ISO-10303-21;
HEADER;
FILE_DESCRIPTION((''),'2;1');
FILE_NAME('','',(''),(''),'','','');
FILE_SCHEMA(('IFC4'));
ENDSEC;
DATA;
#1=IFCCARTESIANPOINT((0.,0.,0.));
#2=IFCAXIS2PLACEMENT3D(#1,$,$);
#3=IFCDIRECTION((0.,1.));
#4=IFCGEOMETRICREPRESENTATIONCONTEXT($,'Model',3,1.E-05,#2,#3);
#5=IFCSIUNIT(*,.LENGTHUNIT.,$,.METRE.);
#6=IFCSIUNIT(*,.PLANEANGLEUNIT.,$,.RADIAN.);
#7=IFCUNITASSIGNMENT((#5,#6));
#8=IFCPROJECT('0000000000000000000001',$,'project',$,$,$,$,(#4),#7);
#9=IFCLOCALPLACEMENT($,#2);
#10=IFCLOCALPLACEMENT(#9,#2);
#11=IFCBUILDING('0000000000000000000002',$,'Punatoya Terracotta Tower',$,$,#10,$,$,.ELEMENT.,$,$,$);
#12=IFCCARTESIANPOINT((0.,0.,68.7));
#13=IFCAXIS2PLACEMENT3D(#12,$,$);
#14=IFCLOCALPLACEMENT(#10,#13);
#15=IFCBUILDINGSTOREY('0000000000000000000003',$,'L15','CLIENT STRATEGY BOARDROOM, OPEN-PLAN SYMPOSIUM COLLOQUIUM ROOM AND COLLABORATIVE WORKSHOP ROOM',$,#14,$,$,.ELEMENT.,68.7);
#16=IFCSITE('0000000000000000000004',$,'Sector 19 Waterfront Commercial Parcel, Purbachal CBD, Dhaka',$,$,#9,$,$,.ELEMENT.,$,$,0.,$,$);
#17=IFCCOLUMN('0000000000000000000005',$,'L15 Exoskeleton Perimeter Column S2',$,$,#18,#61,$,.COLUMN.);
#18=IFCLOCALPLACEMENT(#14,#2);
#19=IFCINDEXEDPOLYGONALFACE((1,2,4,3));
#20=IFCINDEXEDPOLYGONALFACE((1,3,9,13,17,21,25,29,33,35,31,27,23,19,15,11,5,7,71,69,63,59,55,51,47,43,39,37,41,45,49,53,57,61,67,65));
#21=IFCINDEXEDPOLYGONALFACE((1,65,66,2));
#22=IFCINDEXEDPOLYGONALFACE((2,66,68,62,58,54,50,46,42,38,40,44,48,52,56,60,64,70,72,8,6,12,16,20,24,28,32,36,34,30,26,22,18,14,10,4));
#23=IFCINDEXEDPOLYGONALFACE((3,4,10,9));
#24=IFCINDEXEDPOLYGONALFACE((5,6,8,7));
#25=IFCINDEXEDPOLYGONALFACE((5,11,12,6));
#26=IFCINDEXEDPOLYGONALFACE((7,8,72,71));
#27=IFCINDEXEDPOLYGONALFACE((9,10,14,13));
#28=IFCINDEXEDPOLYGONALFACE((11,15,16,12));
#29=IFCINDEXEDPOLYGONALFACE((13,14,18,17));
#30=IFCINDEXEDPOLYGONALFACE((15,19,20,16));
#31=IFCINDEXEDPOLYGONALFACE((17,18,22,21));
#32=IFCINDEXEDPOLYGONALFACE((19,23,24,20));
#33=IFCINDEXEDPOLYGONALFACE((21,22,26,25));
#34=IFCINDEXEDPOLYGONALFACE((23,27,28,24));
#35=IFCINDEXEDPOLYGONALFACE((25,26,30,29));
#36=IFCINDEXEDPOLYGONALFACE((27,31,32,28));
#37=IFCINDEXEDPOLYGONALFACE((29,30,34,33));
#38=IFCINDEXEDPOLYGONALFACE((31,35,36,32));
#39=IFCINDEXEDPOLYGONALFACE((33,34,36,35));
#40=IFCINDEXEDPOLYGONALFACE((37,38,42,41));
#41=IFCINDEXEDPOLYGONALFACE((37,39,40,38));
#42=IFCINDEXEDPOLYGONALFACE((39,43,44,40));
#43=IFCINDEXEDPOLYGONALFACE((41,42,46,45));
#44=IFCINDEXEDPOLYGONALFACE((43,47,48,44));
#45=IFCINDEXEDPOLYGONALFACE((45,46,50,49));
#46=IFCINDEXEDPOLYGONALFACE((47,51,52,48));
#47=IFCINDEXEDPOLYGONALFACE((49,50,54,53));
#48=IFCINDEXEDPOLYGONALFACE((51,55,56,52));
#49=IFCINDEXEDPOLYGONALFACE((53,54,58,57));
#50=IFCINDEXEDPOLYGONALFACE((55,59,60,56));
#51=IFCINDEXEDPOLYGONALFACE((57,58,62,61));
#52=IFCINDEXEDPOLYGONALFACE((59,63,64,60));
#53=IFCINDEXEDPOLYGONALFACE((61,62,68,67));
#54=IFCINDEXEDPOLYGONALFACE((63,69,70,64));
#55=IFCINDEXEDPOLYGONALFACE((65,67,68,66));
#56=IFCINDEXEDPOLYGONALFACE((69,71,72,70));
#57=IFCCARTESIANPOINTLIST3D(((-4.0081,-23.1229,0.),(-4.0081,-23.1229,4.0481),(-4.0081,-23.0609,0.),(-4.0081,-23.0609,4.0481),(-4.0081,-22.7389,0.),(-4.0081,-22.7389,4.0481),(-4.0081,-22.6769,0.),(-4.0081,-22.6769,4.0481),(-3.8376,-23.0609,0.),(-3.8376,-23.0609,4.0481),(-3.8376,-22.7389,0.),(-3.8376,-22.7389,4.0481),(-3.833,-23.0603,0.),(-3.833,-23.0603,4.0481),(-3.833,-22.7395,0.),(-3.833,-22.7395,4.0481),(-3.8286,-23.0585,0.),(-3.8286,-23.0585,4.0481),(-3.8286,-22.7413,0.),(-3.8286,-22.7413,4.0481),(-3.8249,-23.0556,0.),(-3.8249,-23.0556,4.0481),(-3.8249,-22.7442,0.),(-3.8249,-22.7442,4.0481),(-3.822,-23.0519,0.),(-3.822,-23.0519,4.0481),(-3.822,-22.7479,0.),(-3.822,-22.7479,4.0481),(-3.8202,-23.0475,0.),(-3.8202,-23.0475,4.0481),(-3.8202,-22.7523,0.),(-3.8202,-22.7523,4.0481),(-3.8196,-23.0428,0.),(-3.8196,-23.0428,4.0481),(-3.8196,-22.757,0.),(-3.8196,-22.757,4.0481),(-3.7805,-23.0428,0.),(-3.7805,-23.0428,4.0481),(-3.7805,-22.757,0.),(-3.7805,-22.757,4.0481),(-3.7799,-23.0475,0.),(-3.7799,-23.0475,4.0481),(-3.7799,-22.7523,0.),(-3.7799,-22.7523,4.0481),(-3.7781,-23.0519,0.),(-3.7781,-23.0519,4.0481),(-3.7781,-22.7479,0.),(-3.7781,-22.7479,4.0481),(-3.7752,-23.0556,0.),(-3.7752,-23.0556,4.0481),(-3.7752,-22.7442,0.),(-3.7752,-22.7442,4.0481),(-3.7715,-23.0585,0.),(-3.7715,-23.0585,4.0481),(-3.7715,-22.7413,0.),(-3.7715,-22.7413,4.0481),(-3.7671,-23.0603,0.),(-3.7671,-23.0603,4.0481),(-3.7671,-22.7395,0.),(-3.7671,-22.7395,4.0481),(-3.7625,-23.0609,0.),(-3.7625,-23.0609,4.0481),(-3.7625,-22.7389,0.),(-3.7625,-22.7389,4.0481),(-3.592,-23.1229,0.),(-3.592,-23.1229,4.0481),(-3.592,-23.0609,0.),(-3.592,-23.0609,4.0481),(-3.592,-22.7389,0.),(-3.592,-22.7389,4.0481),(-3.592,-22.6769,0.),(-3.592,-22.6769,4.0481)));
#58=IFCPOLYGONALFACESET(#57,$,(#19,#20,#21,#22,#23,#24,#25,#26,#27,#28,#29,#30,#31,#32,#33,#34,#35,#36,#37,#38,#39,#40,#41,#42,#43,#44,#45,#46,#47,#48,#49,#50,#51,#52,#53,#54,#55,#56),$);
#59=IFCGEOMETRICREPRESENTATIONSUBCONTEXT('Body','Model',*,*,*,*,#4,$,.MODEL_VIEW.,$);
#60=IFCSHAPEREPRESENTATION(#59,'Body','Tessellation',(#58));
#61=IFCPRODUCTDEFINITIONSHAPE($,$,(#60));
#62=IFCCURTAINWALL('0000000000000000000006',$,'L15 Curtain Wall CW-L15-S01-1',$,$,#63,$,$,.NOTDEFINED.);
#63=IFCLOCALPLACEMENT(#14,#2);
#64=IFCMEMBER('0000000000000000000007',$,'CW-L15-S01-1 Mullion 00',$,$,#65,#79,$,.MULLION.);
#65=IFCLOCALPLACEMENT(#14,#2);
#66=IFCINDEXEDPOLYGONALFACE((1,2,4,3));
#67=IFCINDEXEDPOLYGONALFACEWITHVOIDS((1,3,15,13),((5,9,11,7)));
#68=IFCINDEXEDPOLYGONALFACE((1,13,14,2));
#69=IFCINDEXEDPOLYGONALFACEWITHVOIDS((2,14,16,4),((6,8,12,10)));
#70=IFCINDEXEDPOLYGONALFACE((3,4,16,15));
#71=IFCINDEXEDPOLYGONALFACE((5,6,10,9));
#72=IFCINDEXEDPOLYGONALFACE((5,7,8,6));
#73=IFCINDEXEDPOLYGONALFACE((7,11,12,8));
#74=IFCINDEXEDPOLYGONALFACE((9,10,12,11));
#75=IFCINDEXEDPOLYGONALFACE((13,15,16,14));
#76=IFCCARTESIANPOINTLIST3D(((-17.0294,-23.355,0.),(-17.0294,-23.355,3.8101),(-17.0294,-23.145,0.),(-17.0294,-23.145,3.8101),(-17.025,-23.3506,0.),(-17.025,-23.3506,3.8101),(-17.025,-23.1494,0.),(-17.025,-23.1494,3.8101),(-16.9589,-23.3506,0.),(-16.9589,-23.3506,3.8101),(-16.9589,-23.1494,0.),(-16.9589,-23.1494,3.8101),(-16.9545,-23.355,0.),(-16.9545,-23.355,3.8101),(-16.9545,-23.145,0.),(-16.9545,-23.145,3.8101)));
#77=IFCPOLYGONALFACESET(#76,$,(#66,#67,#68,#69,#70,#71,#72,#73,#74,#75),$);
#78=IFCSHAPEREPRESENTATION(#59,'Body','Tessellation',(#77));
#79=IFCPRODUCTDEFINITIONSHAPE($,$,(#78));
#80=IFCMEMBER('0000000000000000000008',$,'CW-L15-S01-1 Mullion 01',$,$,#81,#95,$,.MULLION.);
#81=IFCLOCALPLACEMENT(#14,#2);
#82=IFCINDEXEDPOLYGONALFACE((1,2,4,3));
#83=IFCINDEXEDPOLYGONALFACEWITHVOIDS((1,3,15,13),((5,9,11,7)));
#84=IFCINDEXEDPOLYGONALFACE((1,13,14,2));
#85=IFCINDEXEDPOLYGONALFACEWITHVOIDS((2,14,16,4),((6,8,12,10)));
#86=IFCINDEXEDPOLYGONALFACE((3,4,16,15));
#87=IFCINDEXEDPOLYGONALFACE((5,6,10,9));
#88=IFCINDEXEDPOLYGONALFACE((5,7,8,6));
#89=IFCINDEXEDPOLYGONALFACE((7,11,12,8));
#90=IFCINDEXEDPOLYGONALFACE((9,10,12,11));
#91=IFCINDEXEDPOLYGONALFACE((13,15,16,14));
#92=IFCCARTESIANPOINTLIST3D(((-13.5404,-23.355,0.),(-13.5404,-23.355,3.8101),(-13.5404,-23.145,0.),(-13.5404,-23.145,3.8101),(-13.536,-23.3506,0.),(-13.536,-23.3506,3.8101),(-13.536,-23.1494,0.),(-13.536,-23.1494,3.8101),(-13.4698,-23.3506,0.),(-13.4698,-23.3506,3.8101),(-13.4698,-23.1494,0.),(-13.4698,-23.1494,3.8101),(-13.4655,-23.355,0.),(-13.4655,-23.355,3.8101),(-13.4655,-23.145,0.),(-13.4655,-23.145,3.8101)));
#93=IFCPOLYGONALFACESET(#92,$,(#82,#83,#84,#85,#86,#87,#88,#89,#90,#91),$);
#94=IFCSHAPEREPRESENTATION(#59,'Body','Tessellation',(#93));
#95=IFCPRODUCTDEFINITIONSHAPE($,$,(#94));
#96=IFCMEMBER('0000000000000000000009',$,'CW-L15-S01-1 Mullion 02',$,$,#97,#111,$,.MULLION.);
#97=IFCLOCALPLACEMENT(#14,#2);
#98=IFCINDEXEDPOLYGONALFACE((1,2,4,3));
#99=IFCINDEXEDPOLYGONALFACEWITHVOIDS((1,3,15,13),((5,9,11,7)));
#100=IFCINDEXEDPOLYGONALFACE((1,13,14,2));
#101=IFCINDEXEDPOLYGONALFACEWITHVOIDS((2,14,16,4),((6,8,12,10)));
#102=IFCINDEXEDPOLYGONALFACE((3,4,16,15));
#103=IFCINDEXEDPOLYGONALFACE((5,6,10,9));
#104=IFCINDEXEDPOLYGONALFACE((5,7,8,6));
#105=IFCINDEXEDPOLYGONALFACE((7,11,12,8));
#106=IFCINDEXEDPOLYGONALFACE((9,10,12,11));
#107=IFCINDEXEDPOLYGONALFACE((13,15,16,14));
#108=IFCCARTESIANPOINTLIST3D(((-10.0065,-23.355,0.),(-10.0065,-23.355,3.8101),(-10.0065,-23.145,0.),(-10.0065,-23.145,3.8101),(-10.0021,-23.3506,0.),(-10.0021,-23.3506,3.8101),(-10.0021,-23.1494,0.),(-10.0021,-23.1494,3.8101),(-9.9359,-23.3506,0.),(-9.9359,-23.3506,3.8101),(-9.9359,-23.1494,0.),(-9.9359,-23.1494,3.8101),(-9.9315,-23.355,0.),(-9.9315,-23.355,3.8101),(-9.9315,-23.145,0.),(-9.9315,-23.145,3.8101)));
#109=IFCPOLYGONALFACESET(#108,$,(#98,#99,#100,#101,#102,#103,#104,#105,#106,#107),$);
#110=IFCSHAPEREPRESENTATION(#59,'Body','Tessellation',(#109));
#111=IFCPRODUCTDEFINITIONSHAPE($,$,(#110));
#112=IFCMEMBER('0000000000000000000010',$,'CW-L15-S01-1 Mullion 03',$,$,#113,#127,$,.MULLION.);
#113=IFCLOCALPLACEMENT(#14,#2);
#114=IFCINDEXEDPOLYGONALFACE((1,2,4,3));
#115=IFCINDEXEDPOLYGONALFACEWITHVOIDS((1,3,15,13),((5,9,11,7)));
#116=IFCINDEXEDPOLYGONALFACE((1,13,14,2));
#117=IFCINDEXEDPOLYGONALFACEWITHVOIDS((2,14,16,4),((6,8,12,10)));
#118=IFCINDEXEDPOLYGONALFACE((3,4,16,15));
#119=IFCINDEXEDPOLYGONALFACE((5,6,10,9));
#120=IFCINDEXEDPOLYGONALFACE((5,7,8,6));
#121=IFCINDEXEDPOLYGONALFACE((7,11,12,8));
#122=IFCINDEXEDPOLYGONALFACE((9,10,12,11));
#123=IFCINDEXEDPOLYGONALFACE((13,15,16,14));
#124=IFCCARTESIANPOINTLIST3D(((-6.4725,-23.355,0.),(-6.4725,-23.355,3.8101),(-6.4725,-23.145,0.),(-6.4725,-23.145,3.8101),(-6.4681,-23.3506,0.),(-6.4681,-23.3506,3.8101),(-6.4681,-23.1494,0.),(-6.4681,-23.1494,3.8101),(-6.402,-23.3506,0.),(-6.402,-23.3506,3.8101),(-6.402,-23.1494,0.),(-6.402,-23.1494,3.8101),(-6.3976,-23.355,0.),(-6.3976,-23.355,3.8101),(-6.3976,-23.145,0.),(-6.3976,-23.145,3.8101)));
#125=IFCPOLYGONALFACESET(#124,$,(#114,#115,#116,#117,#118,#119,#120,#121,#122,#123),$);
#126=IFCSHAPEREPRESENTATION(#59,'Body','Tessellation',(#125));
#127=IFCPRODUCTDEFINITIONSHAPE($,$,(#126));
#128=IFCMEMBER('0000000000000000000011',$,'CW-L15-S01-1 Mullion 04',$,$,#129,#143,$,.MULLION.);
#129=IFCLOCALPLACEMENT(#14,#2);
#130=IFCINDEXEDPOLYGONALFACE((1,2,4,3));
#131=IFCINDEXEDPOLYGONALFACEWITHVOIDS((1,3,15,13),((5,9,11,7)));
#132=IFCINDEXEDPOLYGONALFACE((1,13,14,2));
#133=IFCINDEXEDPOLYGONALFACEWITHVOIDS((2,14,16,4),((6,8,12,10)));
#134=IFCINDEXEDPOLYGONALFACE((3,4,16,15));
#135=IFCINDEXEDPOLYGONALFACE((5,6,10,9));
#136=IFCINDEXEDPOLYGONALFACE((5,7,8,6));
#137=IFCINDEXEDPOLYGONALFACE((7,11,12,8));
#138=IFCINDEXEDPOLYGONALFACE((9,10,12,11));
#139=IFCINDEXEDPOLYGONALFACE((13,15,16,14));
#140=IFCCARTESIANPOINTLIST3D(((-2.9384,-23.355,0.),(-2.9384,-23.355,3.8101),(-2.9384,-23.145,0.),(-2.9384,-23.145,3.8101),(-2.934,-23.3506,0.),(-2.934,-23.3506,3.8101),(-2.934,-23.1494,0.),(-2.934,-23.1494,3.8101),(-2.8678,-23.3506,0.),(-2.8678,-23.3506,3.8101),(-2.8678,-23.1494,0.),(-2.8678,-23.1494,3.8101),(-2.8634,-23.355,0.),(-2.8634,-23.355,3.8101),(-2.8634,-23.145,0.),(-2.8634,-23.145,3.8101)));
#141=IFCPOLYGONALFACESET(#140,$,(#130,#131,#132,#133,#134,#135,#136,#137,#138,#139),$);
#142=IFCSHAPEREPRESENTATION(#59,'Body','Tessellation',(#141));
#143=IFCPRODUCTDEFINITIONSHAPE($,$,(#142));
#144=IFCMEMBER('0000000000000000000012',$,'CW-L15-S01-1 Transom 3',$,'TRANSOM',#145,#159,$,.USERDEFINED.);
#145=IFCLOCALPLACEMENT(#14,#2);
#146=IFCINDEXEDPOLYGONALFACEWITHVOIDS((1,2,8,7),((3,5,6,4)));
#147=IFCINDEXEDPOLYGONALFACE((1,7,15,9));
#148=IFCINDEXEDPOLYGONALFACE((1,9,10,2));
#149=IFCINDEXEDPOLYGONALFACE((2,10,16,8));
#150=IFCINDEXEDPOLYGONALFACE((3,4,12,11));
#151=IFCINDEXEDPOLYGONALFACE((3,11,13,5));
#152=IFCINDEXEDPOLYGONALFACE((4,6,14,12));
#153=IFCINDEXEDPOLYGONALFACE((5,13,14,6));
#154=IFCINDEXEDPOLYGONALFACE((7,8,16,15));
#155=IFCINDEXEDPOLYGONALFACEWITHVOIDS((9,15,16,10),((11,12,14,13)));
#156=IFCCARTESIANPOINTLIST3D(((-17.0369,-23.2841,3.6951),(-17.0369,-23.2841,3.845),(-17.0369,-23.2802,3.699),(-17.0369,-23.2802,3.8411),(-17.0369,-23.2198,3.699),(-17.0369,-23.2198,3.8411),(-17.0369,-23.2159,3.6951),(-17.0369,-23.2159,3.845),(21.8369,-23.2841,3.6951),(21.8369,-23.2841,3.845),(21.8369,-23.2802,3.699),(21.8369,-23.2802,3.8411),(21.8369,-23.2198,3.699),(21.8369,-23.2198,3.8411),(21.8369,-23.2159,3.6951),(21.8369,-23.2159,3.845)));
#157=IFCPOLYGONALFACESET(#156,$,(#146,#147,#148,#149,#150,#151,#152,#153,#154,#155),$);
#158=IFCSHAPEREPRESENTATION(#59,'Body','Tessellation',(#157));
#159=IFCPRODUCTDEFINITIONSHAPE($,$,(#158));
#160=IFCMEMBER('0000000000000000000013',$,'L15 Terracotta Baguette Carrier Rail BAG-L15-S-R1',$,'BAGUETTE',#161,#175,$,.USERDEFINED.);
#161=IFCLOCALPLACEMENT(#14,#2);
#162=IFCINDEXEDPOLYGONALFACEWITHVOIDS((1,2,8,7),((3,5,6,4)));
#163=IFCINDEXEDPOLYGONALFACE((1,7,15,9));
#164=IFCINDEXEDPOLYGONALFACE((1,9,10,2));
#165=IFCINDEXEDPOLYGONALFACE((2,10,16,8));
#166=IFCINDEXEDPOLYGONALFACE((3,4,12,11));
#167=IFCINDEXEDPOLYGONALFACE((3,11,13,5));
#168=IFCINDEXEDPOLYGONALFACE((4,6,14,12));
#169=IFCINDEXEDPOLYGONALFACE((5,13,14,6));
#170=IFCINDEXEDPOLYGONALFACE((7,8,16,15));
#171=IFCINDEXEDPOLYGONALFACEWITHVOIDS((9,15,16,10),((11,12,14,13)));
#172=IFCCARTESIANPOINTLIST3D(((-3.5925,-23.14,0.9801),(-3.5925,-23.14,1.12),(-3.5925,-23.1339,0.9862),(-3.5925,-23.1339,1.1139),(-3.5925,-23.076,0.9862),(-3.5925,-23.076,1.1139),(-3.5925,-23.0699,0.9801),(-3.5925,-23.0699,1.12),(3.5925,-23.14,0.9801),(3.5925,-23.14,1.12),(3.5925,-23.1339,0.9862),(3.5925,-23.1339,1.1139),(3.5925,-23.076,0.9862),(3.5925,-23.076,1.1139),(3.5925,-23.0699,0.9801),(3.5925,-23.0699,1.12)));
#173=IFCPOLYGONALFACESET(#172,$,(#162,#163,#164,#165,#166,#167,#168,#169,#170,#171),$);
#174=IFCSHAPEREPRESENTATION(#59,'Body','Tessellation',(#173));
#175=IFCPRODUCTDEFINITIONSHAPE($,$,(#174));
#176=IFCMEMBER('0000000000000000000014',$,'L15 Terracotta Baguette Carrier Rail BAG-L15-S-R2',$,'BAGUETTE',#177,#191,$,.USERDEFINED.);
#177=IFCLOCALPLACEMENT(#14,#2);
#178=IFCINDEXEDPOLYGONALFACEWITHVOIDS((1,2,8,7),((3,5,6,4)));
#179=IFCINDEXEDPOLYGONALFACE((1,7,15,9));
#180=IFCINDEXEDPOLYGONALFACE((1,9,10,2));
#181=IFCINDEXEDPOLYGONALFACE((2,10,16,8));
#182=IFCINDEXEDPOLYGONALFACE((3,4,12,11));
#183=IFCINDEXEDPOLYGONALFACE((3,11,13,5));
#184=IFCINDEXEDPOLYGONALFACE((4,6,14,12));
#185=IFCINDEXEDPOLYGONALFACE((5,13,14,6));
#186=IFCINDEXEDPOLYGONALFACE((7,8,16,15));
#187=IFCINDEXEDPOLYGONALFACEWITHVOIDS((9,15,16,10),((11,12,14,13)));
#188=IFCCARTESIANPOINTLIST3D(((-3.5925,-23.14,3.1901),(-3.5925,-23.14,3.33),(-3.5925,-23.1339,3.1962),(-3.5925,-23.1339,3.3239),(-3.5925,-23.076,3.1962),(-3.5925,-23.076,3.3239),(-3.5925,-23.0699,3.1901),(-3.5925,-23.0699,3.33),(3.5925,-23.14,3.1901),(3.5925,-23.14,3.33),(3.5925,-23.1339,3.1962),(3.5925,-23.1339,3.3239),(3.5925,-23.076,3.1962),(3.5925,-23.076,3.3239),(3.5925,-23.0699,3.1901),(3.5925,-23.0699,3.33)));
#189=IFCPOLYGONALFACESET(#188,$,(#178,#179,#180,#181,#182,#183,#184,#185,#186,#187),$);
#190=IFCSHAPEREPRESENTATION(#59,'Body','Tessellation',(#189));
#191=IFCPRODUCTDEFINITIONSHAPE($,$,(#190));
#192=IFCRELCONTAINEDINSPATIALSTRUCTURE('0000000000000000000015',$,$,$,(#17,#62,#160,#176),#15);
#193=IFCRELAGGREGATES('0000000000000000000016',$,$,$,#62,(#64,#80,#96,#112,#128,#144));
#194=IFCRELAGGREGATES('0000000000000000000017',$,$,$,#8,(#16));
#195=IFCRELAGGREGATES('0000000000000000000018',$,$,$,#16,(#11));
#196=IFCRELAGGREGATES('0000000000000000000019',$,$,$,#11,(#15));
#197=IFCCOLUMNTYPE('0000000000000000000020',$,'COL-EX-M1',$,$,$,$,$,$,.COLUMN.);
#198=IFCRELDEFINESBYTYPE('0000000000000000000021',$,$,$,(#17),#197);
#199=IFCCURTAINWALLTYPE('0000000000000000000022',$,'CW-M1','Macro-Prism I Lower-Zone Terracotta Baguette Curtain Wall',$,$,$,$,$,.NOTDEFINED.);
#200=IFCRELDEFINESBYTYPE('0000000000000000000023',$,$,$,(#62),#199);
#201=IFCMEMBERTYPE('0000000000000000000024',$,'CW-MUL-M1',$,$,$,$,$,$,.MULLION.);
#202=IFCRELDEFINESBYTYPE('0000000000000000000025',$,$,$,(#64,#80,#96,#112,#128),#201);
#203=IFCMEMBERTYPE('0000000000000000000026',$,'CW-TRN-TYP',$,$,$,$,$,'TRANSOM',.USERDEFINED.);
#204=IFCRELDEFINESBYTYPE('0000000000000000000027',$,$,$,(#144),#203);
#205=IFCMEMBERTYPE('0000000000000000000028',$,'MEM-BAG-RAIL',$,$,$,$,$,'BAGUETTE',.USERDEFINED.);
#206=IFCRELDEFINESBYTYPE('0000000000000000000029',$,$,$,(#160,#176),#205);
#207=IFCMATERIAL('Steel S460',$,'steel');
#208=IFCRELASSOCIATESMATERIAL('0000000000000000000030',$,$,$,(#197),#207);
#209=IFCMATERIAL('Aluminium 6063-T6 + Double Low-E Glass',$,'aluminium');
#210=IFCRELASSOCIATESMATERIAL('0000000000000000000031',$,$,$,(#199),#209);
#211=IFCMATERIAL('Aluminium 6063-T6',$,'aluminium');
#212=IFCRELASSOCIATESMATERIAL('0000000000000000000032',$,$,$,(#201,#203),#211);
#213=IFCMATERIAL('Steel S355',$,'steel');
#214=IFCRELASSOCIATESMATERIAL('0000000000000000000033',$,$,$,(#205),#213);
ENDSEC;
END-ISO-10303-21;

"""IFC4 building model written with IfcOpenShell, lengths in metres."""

from ifc_helpers import new_model, si_unit, direction, frame, origin, origin_2d, place, context, subcontext, project, spatial, hollow_rectangle, i_section, extrude, material, material_profile, profile_set, type_object, element, aggregate, save


model = new_model("IFC4")

# Units and contexts
model_context = context("Model", 3, precision=1e-05, world=origin(), true_north=direction((0.0, 1.0)))
body_context = subcontext(model_context, "Body", "Model", "MODEL_VIEW")
ifc_project = project(units=[si_unit("LENGTHUNIT", "METRE"), si_unit("PLANEANGLEUNIT", "RADIAN")], contexts=[model_context])

# Site, building, storey
site_placement = place(None, origin())
site = spatial("IfcSite", under=ifc_project, at=site_placement, Name="Sector 19 Waterfront Commercial Parcel, Purbachal CBD, Dhaka", CompositionType="ELEMENT", RefElevation=0.0)
building_placement = place(site_placement, origin())
building = spatial("IfcBuilding", under=site, at=building_placement, Name="Punatoya Terracotta Tower", CompositionType="ELEMENT")
storey_placement = place(building_placement, frame((0.0, 0.0, 68.7)))
storey = spatial("IfcBuildingStorey", under=building, at=storey_placement, Name="L15", Description="CLIENT STRATEGY BOARDROOM, OPEN-PLAN SYMPOSIUM COLLOQUIUM ROOM AND COLLABORATIVE WORKSHOP ROOM", CompositionType="ELEMENT", Elevation=68.7)

# Column
ifc_material_1 = material(Name="Steel S460", Category="steel")
ifc_material_profile_1 = material_profile(ifc_material_1, i_section(OverallWidth=0.416, OverallDepth=0.446, WebThickness=0.0391, FlangeThickness=0.062, FilletRadius=0.0181, at=origin_2d()))
ifc_profile_set_1 = profile_set([ifc_material_profile_1], Name="Steel S460")
column_type = type_object("IfcColumnType", Name="COL-EX-M1", PredefinedType="COLUMN", material=ifc_profile_set_1)
column_placement = place(storey_placement, frame((-3.8, -22.8999, 0.0), z_axis=(0.0, 0.0, 1.0), x_axis=(1.0, 0.0, 0.0)))
element("IfcColumn", 1, at=column_placement, inside=storey, type_object=column_type, Name="L15 Exoskeleton Perimeter Column S2", PredefinedType="COLUMN", context=body_context, shape_type="SweptSolid", body=[
    extrude(i_section(OverallWidth=0.416, OverallDepth=0.446, WebThickness=0.0391, FlangeThickness=0.062, FilletRadius=0.0181, at=origin_2d()), origin(), (0.0, 0.0, 1.0), 4.0481),
])

# Curtain wall, members
ifc_material_2 = material(Name="Aluminium 6063-T6 + Double Low-E Glass", Category="aluminium")
curtain_wall_type = type_object("IfcCurtainWallType", Name="CW-M1", Description="Macro-Prism I Lower-Zone Terracotta Baguette Curtain Wall", PredefinedType="NOTDEFINED", material=ifc_material_2)
curtain_wall_placement = place(storey_placement, origin())
curtain_wall = element("IfcCurtainWall", 2, at=curtain_wall_placement, inside=storey, type_object=curtain_wall_type, Name="L15 Curtain Wall CW-L15-S01-1", PredefinedType="NOTDEFINED")
ifc_material_3 = material(Name="Aluminium 6063-T6", Category="aluminium")
ifc_material_profile_2 = material_profile(ifc_material_3, hollow_rectangle(XDim=0.075, YDim=0.21, WallThickness=0.0044, at=origin_2d()))
ifc_profile_set_2 = profile_set([ifc_material_profile_2], Name="Aluminium 6063-T6")
member_type_1 = type_object("IfcMemberType", Name="CW-MUL-M1", PredefinedType="MULLION", material=ifc_profile_set_2)
member_1_placement = place(storey_placement, frame((-16.9919, -23.25, 0.0), z_axis=(0.0, 0.0, 1.0), x_axis=(1.0, 0.0, 0.0)))
member_1 = element("IfcMember", 3, at=member_1_placement, type_object=member_type_1, Name="CW-L15-S01-1 Mullion 00", PredefinedType="MULLION", context=body_context, shape_type="SweptSolid", body=[
    extrude(hollow_rectangle(XDim=0.075, YDim=0.21, WallThickness=0.0044, at=origin_2d()), origin(), (0.0, 0.0, 1.0), 3.8101),
])
member_2_placement = place(storey_placement, frame((-13.5029, -23.25, 0.0), z_axis=(0.0, 0.0, 1.0), x_axis=(1.0, 0.0, 0.0)))
member_2 = element("IfcMember", 4, at=member_2_placement, type_object=member_type_1, Name="CW-L15-S01-1 Mullion 01", PredefinedType="MULLION", context=body_context, shape_type="SweptSolid", body=[
    extrude(hollow_rectangle(XDim=0.075, YDim=0.21, WallThickness=0.0044, at=origin_2d()), origin(), (0.0, 0.0, 1.0), 3.8101),
])
member_3_placement = place(storey_placement, frame((-9.969, -23.25, 0.0), z_axis=(0.0, 0.0, 1.0), x_axis=(1.0, 0.0, 0.0)))
member_3 = element("IfcMember", 5, at=member_3_placement, type_object=member_type_1, Name="CW-L15-S01-1 Mullion 02", PredefinedType="MULLION", context=body_context, shape_type="SweptSolid", body=[
    extrude(hollow_rectangle(XDim=0.075, YDim=0.21, WallThickness=0.0044, at=origin_2d()), origin(), (0.0, 0.0, 1.0), 3.8101),
])
member_4_placement = place(storey_placement, frame((-6.4351, -23.25, 0.0), z_axis=(0.0, 0.0, 1.0), x_axis=(1.0, 0.0, 0.0)))
member_4 = element("IfcMember", 6, at=member_4_placement, type_object=member_type_1, Name="CW-L15-S01-1 Mullion 03", PredefinedType="MULLION", context=body_context, shape_type="SweptSolid", body=[
    extrude(hollow_rectangle(XDim=0.075, YDim=0.21, WallThickness=0.0044, at=origin_2d()), origin(), (0.0, 0.0, 1.0), 3.8101),
])
member_5_placement = place(storey_placement, frame((-2.9009, -23.25, 0.0), z_axis=(0.0, 0.0, 1.0), x_axis=(1.0, 0.0, 0.0)))
member_5 = element("IfcMember", 7, at=member_5_placement, type_object=member_type_1, Name="CW-L15-S01-1 Mullion 04", PredefinedType="MULLION", context=body_context, shape_type="SweptSolid", body=[
    extrude(hollow_rectangle(XDim=0.075, YDim=0.21, WallThickness=0.0044, at=origin_2d()), origin(), (0.0, 0.0, 1.0), 3.8101),
])
ifc_material_profile_3 = material_profile(ifc_material_3, hollow_rectangle(XDim=0.0681, YDim=0.1499, WallThickness=0.0039, at=origin_2d()))
ifc_profile_set_3 = profile_set([ifc_material_profile_3], Name="Aluminium 6063-T6")
member_type_2 = type_object("IfcMemberType", Name="CW-TRN-TYP", ElementType="TRANSOM", PredefinedType="USERDEFINED", material=ifc_profile_set_3)
member_6_placement = place(storey_placement, frame((-17.0369, -23.25, 3.77), z_axis=(1.0, 0.0, 0.0), x_axis=(0.0, 1.0, 0.0)))
member_6 = element("IfcMember", 8, at=member_6_placement, type_object=member_type_2, Name="CW-L15-S01-1 Transom 3", ObjectType="TRANSOM", PredefinedType="USERDEFINED", context=body_context, shape_type="SweptSolid", body=[
    extrude(hollow_rectangle(XDim=0.0681, YDim=0.1499, WallThickness=0.0039, at=origin_2d()), origin(), (0.0, 0.0, 1.0), 38.8738),
])

# Members
ifc_material_4 = material(Name="Steel S355", Category="steel")
ifc_material_profile_4 = material_profile(ifc_material_4, hollow_rectangle(XDim=0.0701, YDim=0.1399, WallThickness=0.0061, at=origin_2d()))
ifc_profile_set_4 = profile_set([ifc_material_profile_4], Name="Steel S355")
member_type_3 = type_object("IfcMemberType", Name="MEM-BAG-RAIL", ElementType="BAGUETTE", PredefinedType="USERDEFINED", material=ifc_profile_set_4)
for number, where, z_axis, x_axis, name in (
    (9, (-3.5925, -23.105, 1.05), (1.0, 0.0, 0.0), (0.0, 1.0, 0.0), "L15 Terracotta Baguette Carrier Rail BAG-L15-S-R1"),
    (10, (-3.5925, -23.105, 3.26), (1.0, 0.0, 0.0), (0.0, 1.0, 0.0), "L15 Terracotta Baguette Carrier Rail BAG-L15-S-R2"),
):
    element("IfcMember", number, at=place(storey_placement, frame(where, z_axis=z_axis, x_axis=x_axis)), inside=storey, type_object=member_type_3, Name=name, ObjectType="BAGUETTE", PredefinedType="USERDEFINED", context=body_context, shape_type="SweptSolid", body=[
        extrude(hollow_rectangle(XDim=0.0701, YDim=0.1399, WallThickness=0.0061, at=origin_2d()), origin(), (0.0, 0.0, 1.0), 7.1851),
    ])

aggregate(curtain_wall, [member_1, member_2, member_3, member_4, member_5, member_6])

save(model, "model.ifc")
